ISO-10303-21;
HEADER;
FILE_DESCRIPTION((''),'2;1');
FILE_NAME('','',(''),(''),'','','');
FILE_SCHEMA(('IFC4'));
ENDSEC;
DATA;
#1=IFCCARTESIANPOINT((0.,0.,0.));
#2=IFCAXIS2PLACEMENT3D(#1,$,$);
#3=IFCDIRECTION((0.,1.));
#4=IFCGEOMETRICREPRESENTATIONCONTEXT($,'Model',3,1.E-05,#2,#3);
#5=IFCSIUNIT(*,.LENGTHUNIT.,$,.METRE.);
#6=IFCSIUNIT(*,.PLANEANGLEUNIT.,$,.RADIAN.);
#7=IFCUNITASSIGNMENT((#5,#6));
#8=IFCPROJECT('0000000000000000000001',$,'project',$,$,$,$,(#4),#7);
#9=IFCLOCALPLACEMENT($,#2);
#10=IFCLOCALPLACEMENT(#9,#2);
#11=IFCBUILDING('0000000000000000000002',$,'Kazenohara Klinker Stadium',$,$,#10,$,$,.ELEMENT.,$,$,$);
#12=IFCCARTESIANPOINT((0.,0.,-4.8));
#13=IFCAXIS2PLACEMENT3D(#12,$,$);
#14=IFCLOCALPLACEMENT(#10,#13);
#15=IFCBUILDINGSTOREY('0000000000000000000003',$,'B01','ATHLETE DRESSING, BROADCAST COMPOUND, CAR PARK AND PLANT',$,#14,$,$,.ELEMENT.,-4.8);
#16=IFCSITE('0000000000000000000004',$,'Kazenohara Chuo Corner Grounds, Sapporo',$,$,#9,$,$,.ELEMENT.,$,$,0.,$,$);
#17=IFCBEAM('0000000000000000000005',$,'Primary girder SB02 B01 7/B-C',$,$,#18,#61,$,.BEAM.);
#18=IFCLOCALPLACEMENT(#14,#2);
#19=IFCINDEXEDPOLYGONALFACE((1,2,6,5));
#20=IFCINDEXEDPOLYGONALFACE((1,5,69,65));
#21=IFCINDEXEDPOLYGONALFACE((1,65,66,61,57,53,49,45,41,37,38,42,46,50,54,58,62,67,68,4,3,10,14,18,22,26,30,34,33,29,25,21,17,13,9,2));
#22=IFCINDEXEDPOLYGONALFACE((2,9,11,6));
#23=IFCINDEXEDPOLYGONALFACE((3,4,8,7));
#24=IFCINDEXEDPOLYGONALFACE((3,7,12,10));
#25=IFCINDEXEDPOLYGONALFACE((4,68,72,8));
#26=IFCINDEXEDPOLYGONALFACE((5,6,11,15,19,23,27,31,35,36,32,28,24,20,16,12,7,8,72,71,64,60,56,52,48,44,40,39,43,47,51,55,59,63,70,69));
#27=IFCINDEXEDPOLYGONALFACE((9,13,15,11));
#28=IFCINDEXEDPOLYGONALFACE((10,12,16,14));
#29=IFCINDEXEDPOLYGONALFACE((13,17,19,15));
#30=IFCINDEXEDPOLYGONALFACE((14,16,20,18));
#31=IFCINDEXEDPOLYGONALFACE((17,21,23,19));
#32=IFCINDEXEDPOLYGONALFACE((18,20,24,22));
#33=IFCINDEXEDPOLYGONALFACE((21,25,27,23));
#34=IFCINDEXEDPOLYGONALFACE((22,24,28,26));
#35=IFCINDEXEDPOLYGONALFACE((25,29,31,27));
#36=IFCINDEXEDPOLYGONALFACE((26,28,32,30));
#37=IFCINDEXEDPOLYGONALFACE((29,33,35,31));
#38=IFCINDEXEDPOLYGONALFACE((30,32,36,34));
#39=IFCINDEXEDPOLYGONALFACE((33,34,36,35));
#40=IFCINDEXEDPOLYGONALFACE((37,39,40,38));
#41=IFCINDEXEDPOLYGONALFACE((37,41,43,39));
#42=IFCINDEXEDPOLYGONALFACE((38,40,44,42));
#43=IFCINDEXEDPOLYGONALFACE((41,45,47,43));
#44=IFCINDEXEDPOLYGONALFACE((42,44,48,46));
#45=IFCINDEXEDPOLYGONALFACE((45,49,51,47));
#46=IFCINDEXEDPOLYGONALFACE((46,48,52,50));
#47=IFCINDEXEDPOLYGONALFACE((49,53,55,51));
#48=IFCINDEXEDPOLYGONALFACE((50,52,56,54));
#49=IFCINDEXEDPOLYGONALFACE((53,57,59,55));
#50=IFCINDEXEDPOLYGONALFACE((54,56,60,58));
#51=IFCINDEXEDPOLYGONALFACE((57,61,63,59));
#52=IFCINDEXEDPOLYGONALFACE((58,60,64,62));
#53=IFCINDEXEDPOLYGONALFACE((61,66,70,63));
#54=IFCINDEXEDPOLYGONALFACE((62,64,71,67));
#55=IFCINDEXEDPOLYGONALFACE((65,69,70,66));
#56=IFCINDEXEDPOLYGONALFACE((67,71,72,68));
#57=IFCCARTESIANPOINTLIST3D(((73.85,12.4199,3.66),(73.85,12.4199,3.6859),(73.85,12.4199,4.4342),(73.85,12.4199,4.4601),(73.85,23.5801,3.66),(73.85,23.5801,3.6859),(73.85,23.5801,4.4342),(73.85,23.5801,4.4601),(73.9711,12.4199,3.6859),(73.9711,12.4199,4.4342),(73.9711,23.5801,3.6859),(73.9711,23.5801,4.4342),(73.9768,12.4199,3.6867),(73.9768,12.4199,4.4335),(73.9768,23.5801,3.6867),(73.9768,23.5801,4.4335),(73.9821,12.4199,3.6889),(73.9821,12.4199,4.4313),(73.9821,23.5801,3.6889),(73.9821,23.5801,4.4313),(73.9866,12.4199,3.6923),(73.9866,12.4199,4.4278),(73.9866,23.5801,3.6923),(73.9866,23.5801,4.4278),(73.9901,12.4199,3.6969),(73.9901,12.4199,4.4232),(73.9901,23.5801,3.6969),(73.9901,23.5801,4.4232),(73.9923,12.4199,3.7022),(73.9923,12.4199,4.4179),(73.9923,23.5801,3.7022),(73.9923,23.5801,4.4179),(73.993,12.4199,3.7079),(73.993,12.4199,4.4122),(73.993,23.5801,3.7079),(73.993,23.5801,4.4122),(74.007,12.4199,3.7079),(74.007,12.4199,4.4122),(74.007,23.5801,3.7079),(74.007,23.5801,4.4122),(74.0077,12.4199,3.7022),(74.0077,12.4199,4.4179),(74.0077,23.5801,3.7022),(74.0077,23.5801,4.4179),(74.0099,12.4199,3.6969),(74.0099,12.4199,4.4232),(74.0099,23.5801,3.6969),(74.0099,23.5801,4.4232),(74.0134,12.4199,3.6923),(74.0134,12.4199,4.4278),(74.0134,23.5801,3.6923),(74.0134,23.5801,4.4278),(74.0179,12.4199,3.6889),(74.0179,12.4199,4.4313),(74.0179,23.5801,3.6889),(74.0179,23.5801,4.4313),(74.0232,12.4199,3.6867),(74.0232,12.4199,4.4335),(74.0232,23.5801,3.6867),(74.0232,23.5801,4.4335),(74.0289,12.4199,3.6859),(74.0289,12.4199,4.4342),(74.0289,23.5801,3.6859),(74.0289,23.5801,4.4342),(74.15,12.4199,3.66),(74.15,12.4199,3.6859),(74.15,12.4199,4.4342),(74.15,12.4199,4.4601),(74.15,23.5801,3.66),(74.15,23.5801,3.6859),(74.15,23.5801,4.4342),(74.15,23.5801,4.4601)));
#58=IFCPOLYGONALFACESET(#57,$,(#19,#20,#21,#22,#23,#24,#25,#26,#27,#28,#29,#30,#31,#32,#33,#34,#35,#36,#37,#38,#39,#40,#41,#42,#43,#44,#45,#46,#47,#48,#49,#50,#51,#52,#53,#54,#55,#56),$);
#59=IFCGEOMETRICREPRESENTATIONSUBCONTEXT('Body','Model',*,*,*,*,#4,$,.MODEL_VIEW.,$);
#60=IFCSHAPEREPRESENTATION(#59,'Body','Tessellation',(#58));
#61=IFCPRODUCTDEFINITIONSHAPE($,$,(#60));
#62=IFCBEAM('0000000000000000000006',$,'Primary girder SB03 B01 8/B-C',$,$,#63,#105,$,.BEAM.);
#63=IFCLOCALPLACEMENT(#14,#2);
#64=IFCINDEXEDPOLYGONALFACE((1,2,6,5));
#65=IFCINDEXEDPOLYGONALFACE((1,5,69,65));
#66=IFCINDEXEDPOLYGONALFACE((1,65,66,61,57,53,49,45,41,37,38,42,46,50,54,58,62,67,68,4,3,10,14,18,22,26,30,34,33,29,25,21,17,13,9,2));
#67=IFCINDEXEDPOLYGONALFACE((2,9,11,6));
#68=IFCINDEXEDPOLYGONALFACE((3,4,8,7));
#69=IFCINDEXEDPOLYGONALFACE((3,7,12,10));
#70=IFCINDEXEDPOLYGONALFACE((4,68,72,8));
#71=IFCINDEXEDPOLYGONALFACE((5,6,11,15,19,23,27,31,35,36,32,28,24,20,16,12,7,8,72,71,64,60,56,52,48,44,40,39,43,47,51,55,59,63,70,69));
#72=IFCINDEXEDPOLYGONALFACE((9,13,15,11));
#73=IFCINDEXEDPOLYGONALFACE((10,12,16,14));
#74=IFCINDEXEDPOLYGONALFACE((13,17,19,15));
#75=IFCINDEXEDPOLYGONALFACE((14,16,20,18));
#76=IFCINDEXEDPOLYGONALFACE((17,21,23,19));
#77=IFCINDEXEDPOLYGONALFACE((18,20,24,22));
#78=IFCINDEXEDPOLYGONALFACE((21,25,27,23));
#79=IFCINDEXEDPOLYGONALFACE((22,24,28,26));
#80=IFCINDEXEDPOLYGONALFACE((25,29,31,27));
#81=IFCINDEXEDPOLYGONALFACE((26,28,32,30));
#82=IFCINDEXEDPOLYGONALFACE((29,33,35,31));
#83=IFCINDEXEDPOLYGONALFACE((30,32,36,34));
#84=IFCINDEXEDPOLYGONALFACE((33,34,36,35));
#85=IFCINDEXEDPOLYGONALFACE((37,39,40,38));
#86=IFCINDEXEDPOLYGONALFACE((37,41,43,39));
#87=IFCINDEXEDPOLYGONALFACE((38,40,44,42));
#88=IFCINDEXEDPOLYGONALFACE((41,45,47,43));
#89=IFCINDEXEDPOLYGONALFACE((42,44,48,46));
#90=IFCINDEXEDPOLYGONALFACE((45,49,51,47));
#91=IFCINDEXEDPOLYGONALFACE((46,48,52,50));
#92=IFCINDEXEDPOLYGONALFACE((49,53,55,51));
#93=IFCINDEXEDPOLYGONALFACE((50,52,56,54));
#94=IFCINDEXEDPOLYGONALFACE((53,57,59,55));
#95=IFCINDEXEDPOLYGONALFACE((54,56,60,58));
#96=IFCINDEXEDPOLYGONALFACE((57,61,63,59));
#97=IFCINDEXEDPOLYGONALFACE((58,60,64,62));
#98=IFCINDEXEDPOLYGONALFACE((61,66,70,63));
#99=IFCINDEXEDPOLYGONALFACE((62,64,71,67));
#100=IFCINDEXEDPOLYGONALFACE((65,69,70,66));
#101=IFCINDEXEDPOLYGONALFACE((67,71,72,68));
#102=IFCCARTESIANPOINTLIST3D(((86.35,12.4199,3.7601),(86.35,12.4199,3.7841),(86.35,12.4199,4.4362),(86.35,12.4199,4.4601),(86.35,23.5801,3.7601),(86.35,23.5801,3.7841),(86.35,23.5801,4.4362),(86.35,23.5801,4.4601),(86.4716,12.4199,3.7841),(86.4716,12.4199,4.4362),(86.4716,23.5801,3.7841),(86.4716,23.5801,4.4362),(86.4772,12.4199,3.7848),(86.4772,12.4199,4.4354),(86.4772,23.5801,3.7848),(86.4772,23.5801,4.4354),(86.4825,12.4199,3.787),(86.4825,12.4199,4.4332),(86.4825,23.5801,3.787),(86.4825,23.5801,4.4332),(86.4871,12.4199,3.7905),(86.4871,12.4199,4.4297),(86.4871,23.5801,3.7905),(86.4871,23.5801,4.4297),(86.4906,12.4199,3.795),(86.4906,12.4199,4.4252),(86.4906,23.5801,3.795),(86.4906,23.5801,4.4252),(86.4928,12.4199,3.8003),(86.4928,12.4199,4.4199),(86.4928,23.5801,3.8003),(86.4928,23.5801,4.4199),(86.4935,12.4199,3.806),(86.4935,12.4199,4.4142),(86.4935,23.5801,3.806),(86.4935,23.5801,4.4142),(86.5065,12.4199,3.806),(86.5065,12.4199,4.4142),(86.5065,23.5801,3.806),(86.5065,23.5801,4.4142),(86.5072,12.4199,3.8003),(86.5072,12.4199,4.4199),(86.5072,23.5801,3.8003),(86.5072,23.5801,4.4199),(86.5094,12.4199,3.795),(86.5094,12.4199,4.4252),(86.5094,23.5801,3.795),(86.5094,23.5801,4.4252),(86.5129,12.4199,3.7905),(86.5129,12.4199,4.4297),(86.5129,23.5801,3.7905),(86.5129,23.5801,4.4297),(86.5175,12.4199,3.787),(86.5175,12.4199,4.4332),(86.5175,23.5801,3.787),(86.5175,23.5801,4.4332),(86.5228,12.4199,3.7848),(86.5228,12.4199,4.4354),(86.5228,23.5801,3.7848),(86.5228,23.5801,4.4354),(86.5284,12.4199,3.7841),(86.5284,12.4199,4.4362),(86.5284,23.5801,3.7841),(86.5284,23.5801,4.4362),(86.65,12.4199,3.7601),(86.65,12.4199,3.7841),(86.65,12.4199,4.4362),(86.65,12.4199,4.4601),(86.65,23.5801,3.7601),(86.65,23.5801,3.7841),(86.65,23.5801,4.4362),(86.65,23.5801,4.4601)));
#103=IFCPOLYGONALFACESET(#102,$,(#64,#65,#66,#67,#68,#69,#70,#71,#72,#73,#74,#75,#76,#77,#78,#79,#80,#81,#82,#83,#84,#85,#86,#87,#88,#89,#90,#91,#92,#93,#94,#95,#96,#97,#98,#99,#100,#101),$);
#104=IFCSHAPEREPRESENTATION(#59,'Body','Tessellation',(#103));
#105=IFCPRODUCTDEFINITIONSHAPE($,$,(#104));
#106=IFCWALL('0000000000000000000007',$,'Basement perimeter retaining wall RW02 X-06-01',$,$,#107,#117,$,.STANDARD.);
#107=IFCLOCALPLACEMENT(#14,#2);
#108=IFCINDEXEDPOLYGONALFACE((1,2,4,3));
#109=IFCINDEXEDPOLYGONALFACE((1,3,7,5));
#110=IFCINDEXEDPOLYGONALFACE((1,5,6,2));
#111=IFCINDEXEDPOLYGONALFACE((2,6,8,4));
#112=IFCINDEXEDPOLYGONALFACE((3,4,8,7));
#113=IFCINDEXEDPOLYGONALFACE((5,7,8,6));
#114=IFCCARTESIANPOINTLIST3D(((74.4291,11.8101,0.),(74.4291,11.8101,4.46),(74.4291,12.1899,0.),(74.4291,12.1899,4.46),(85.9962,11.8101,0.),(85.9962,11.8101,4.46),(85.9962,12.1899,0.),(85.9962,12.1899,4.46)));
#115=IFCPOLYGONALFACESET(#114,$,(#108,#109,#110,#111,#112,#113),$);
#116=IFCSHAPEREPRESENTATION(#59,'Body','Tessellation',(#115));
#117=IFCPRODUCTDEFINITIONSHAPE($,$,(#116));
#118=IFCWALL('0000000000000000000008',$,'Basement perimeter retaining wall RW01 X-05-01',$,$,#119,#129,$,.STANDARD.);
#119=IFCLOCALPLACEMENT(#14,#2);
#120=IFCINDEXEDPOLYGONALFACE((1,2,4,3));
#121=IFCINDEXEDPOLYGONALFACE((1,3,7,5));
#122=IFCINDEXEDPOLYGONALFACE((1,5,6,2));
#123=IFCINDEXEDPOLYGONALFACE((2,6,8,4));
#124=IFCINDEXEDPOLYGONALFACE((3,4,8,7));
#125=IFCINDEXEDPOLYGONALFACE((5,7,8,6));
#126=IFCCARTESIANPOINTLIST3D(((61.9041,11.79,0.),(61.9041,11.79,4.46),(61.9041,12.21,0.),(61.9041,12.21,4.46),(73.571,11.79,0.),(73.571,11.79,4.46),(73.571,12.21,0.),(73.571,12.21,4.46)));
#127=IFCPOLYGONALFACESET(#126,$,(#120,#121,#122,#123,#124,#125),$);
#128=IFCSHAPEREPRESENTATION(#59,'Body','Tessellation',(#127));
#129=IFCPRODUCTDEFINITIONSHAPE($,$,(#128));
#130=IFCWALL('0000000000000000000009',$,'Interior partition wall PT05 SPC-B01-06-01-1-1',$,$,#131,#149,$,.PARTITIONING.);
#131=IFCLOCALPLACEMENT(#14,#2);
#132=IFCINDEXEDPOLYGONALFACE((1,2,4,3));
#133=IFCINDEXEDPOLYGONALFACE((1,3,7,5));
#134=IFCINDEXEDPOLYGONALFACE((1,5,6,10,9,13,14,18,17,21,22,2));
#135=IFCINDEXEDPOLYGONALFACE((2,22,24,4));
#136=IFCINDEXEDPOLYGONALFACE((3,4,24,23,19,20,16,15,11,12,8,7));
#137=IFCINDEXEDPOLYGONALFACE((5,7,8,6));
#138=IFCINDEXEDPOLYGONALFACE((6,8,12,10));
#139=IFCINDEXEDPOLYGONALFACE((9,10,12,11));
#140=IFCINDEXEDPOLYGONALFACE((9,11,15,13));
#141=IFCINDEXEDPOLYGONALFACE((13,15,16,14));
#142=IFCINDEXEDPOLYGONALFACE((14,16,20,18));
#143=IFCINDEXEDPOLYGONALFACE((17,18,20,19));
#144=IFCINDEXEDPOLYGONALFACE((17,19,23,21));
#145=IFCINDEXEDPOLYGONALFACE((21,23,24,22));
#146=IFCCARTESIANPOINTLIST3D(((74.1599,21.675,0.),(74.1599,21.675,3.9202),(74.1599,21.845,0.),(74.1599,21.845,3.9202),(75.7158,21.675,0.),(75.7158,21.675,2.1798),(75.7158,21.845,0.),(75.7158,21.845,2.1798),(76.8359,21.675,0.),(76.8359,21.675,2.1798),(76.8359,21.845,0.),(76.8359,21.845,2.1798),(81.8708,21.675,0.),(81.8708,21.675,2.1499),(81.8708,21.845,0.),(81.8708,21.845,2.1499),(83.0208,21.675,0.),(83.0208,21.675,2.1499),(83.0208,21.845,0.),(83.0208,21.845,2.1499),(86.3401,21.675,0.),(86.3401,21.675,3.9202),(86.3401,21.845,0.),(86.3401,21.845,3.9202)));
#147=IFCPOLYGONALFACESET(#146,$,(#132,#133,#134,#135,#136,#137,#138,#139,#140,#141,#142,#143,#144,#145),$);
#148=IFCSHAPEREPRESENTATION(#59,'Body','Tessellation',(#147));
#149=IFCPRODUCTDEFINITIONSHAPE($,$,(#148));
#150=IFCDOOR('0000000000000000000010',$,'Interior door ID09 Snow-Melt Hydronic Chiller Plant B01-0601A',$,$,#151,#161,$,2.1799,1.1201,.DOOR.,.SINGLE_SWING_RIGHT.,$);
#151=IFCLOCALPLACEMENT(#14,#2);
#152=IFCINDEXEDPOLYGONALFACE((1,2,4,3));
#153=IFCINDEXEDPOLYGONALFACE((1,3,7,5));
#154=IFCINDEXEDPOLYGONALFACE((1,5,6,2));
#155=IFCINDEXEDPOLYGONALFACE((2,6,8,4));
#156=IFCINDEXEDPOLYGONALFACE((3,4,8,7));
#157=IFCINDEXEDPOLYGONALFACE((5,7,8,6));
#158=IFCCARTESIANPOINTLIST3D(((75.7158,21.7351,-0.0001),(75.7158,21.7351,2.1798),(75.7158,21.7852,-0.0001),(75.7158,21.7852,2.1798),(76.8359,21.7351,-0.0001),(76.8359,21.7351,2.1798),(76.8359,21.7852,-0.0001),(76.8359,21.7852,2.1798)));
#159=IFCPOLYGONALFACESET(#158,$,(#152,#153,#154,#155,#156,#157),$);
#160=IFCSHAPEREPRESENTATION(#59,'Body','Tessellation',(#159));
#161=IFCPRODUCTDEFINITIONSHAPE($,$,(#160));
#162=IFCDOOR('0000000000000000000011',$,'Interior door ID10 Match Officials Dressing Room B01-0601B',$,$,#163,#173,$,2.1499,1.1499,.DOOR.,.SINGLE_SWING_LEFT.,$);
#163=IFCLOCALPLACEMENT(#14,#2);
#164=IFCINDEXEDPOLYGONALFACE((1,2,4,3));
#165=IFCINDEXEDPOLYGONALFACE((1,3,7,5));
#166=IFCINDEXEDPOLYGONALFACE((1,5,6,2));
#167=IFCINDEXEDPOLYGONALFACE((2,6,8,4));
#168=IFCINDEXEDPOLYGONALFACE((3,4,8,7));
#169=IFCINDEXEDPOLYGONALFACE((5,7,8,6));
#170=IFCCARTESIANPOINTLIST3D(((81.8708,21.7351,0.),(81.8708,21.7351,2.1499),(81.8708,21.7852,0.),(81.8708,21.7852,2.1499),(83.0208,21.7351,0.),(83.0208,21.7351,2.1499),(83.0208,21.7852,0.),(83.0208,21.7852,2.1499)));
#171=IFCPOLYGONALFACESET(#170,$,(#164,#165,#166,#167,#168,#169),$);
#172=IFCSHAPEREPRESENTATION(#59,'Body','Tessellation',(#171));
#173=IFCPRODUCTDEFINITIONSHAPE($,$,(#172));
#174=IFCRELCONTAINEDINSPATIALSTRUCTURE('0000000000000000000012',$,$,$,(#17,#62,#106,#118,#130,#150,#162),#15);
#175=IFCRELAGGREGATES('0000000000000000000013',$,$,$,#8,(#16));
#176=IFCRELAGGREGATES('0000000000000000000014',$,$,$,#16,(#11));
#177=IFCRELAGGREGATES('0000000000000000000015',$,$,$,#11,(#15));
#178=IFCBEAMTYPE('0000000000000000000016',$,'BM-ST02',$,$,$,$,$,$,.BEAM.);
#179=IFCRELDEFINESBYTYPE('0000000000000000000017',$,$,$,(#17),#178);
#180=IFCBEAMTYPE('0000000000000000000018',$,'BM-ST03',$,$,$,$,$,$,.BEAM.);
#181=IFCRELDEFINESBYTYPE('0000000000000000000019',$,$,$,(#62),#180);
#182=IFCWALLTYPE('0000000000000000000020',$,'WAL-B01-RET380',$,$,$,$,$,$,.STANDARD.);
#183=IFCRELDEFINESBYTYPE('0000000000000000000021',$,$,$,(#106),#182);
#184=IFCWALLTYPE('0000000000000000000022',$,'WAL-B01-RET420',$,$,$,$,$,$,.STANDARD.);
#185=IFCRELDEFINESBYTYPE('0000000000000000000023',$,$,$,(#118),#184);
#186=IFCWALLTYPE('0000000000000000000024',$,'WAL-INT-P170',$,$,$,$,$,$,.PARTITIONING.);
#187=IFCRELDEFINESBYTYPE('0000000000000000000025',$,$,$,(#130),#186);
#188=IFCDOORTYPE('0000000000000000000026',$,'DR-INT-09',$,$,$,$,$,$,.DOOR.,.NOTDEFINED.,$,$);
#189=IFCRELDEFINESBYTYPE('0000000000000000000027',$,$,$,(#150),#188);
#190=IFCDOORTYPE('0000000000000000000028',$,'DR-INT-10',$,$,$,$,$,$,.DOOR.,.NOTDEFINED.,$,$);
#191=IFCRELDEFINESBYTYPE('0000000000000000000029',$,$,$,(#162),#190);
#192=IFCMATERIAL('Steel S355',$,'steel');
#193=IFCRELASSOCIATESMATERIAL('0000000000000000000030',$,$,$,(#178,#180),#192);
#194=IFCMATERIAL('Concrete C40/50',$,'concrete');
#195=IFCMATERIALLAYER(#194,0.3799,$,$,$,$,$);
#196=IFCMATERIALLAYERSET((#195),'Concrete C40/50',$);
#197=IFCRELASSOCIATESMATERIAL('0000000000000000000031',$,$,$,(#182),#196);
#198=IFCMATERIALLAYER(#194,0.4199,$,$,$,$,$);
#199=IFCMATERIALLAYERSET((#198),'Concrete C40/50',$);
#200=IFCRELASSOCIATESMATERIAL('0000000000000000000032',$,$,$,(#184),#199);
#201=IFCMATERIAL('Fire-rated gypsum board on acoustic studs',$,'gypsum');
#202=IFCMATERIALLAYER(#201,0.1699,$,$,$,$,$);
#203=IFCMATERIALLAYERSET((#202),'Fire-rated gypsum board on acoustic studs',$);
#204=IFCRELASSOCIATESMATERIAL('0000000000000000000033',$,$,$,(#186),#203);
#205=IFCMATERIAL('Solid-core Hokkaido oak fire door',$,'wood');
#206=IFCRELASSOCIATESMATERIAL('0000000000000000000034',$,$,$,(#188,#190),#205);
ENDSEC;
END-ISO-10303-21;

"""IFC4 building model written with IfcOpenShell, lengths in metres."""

from ifc_helpers import new_model, si_unit, direction, frame, frame_2d, origin, origin_2d, place, context, subcontext, project, spatial, rectangle, i_section, extrude, material, layer, layer_set, material_profile, profile_set, type_object, element, fill, save


model = new_model("IFC4")

# Units and contexts
model_context = context("Model", 3, precision=1e-05, world=origin(), true_north=direction((0.0, 1.0)))
body_context = subcontext(model_context, "Body", "Model", "MODEL_VIEW")
ifc_project = project(units=[si_unit("LENGTHUNIT", "METRE"), si_unit("PLANEANGLEUNIT", "RADIAN")], contexts=[model_context])

# Site, building, storey
site_placement = place(None, origin())
site = spatial("IfcSite", under=ifc_project, at=site_placement, Name="Kazenohara Chuo Corner Grounds, Sapporo", CompositionType="ELEMENT", RefElevation=0.0)
building_placement = place(site_placement, origin())
building = spatial("IfcBuilding", under=site, at=building_placement, Name="Kazenohara Klinker Stadium", CompositionType="ELEMENT")
storey_placement = place(building_placement, frame((0.0, 0.0, -4.8)))
storey = spatial("IfcBuildingStorey", under=building, at=storey_placement, Name="B01", Description="ATHLETE DRESSING, BROADCAST COMPOUND, CAR PARK AND PLANT", CompositionType="ELEMENT", Elevation=-4.8)

# Shared definitions
ifc_material_1 = material(Name="Concrete C40/50", Category="concrete")

# Beams
ifc_material_2 = material(Name="Steel S355", Category="steel")
ifc_material_profile_1 = material_profile(ifc_material_2, i_section(OverallWidth=0.3, OverallDepth=0.8, WebThickness=0.0139, FlangeThickness=0.0259, FilletRadius=0.022, at=origin_2d()), Name="H-800x300x14x26")
ifc_profile_set_1 = profile_set([ifc_material_profile_1], Name="Steel S355")
beam_type_1 = type_object("IfcBeamType", Name="BM-ST02", PredefinedType="BEAM", material=ifc_profile_set_1)
beam_1_placement = place(storey_placement, frame((74.0, 12.4199, 4.0601), z_axis=(0.0, 1.0, 0.0), x_axis=(-1.0, 0.0, 0.0)))
element("IfcBeam", 1, at=beam_1_placement, inside=storey, type_object=beam_type_1, Name="Primary girder SB02 B01 7/B-C", PredefinedType="BEAM", context=body_context, shape_type="SweptSolid", body=[
    extrude(i_section(OverallWidth=0.3, OverallDepth=0.8, WebThickness=0.0139, FlangeThickness=0.0259, FilletRadius=0.022, at=origin_2d()), origin(), (0.0, 0.0, 1.0), 11.1602),
])
ifc_material_profile_2 = material_profile(ifc_material_2, i_section(OverallWidth=0.3, OverallDepth=0.7, WebThickness=0.0129, FlangeThickness=0.0239, FilletRadius=0.022, at=origin_2d()), Name="H-700x300x13x24")
ifc_profile_set_2 = profile_set([ifc_material_profile_2], Name="Steel S355")
beam_type_2 = type_object("IfcBeamType", Name="BM-ST03", PredefinedType="BEAM", material=ifc_profile_set_2)
beam_2_placement = place(storey_placement, frame((86.5, 12.4199, 4.1101), z_axis=(0.0, 1.0, 0.0), x_axis=(-1.0, 0.0, 0.0)))
element("IfcBeam", 2, at=beam_2_placement, inside=storey, type_object=beam_type_2, Name="Primary girder SB03 B01 8/B-C", PredefinedType="BEAM", context=body_context, shape_type="SweptSolid", body=[
    extrude(i_section(OverallWidth=0.3, OverallDepth=0.7, WebThickness=0.0129, FlangeThickness=0.0239, FilletRadius=0.022, at=origin_2d()), origin(), (0.0, 0.0, 1.0), 11.1602),
])

# Walls
ifc_layer_1 = layer(ifc_material_1, 0.3799)
ifc_layer_set_1 = layer_set([ifc_layer_1], Name="Concrete C40/50")
wall_type_1 = type_object("IfcWallType", Name="WAL-B01-RET380", PredefinedType="STANDARD", material=ifc_layer_set_1)
wall_1_placement = place(storey_placement, frame((74.429, 12.0, 0.0), z_axis=(0.0, 0.0, 1.0), x_axis=(1.0, 0.0, 0.0)))
element("IfcWall", 3, at=wall_1_placement, inside=storey, type_object=wall_type_1, Name="Basement perimeter retaining wall RW02 X-06-01", PredefinedType="STANDARD", context=body_context, shape_type="SweptSolid", body=[
    extrude(rectangle(XDim=11.5671, YDim=0.3799, at=frame_2d((5.7837, 0.0))), origin(), (0.0, 0.0, 1.0), 4.46),
])
ifc_layer_2 = layer(ifc_material_1, 0.4199)
ifc_layer_set_2 = layer_set([ifc_layer_2], Name="Concrete C40/50")
wall_type_2 = type_object("IfcWallType", Name="WAL-B01-RET420", PredefinedType="STANDARD", material=ifc_layer_set_2)
wall_2_placement = place(storey_placement, frame((61.9041, 12.0, 0.0), z_axis=(0.0, 0.0, 1.0), x_axis=(1.0, 0.0, 0.0)))
element("IfcWall", 4, at=wall_2_placement, inside=storey, type_object=wall_type_2, Name="Basement perimeter retaining wall RW01 X-05-01", PredefinedType="STANDARD", context=body_context, shape_type="SweptSolid", body=[
    extrude(rectangle(XDim=11.667, YDim=0.4199, at=frame_2d((5.8335, 0.0))), origin(), (0.0, 0.0, 1.0), 4.46),
])

# Wall, openings, doors
ifc_material_3 = material(Name="Fire-rated gypsum board on acoustic studs", Category="gypsum")
ifc_layer_3 = layer(ifc_material_3, 0.1699)
ifc_layer_set_3 = layer_set([ifc_layer_3], Name="Fire-rated gypsum board on acoustic studs")
wall_type_3 = type_object("IfcWallType", Name="WAL-INT-P170", PredefinedType="PARTITIONING", material=ifc_layer_set_3)
wall_3_placement = place(storey_placement, frame((74.1599, 21.76, 0.0), z_axis=(0.0, 0.0, 1.0), x_axis=(1.0, 0.0, 0.0)))
wall_3 = element("IfcWall", 5, at=wall_3_placement, inside=storey, type_object=wall_type_3, Name="Interior partition wall PT05 SPC-B01-06-01-1-1", PredefinedType="PARTITIONING", context=body_context, shape_type="SweptSolid", body=[
    extrude(rectangle(XDim=12.1802, YDim=0.1699, at=frame_2d((6.0901, 0.0))), origin(), (0.0, 0.0, 1.0), 3.9202),
])
opening_1_placement = place(wall_3_placement, frame((2.676, 0.0, 0.0), z_axis=(0.0, 0.0, 1.0), x_axis=(-1.0, 0.0, 0.0)))
opening_1 = element("IfcOpeningElement", 6, at=opening_1_placement, cuts=wall_3, PredefinedType="OPENING", context=body_context, shape_type="SweptSolid", body=[
    extrude(rectangle(XDim=1.1201, YDim=2.1799, at=frame_2d((0.5601, 1.0898))), frame((0.0, 0.095, 0.0), z_axis=(0.0, -1.0, 0.0), x_axis=(1.0, 0.0, 0.0)), (0.0, 0.0, 1.0), 0.1899),
])
opening_2_placement = place(wall_3_placement, frame((8.8608, 0.0, 0.0), z_axis=(0.0, 0.0, 1.0), x_axis=(-1.0, 0.0, 0.0)))
opening_2 = element("IfcOpeningElement", 7, at=opening_2_placement, cuts=wall_3, PredefinedType="OPENING", context=body_context, shape_type="SweptSolid", body=[
    extrude(rectangle(XDim=1.1499, YDim=2.1499, at=frame_2d((0.575, 1.075))), frame((0.0, 0.095, 0.0), z_axis=(0.0, -1.0, 0.0), x_axis=(1.0, 0.0, 0.0)), (0.0, 0.0, 1.0), 0.1899),
])
ifc_material_4 = material(Name="Solid-core Hokkaido oak fire door", Category="wood")
door_type_1 = type_object("IfcDoorType", Name="DR-INT-09", OperationType="NOTDEFINED", PredefinedType="DOOR", material=ifc_material_4)
door_1_placement = place(opening_1_placement, origin())
door_1 = element("IfcDoor", 8, at=door_1_placement, inside=storey, type_object=door_type_1, Name="Interior door ID09 Snow-Melt Hydronic Chiller Plant B01-0601A", OperationType="SINGLE_SWING_RIGHT", OverallHeight=2.1799, OverallWidth=1.1201, PredefinedType="DOOR", context=body_context, shape_type="SweptSolid", body=[
    extrude(rectangle(XDim=1.1201, YDim=2.1799, at=frame_2d((0.5601, 1.0898))), frame((0.0, 0.0249, 0.0), z_axis=(0.0, -1.0, 0.0), x_axis=(1.0, 0.0, 0.0)), (0.0, 0.0, 1.0), 0.05),
])
fill(opening_1, door_1)
door_type_2 = type_object("IfcDoorType", Name="DR-INT-10", OperationType="NOTDEFINED", PredefinedType="DOOR", material=ifc_material_4)
door_2_placement = place(opening_2_placement, origin())
door_2 = element("IfcDoor", 9, at=door_2_placement, inside=storey, type_object=door_type_2, Name="Interior door ID10 Match Officials Dressing Room B01-0601B", OperationType="SINGLE_SWING_LEFT", OverallHeight=2.1499, OverallWidth=1.1499, PredefinedType="DOOR", context=body_context, shape_type="SweptSolid", body=[
    extrude(rectangle(XDim=1.1499, YDim=2.1499, at=frame_2d((0.575, 1.075))), frame((0.0, 0.0249, 0.0), z_axis=(0.0, -1.0, 0.0), x_axis=(1.0, 0.0, 0.0)), (0.0, 0.0, 1.0), 0.05),
])
fill(opening_2, door_2)

save(model, "model.ifc")
